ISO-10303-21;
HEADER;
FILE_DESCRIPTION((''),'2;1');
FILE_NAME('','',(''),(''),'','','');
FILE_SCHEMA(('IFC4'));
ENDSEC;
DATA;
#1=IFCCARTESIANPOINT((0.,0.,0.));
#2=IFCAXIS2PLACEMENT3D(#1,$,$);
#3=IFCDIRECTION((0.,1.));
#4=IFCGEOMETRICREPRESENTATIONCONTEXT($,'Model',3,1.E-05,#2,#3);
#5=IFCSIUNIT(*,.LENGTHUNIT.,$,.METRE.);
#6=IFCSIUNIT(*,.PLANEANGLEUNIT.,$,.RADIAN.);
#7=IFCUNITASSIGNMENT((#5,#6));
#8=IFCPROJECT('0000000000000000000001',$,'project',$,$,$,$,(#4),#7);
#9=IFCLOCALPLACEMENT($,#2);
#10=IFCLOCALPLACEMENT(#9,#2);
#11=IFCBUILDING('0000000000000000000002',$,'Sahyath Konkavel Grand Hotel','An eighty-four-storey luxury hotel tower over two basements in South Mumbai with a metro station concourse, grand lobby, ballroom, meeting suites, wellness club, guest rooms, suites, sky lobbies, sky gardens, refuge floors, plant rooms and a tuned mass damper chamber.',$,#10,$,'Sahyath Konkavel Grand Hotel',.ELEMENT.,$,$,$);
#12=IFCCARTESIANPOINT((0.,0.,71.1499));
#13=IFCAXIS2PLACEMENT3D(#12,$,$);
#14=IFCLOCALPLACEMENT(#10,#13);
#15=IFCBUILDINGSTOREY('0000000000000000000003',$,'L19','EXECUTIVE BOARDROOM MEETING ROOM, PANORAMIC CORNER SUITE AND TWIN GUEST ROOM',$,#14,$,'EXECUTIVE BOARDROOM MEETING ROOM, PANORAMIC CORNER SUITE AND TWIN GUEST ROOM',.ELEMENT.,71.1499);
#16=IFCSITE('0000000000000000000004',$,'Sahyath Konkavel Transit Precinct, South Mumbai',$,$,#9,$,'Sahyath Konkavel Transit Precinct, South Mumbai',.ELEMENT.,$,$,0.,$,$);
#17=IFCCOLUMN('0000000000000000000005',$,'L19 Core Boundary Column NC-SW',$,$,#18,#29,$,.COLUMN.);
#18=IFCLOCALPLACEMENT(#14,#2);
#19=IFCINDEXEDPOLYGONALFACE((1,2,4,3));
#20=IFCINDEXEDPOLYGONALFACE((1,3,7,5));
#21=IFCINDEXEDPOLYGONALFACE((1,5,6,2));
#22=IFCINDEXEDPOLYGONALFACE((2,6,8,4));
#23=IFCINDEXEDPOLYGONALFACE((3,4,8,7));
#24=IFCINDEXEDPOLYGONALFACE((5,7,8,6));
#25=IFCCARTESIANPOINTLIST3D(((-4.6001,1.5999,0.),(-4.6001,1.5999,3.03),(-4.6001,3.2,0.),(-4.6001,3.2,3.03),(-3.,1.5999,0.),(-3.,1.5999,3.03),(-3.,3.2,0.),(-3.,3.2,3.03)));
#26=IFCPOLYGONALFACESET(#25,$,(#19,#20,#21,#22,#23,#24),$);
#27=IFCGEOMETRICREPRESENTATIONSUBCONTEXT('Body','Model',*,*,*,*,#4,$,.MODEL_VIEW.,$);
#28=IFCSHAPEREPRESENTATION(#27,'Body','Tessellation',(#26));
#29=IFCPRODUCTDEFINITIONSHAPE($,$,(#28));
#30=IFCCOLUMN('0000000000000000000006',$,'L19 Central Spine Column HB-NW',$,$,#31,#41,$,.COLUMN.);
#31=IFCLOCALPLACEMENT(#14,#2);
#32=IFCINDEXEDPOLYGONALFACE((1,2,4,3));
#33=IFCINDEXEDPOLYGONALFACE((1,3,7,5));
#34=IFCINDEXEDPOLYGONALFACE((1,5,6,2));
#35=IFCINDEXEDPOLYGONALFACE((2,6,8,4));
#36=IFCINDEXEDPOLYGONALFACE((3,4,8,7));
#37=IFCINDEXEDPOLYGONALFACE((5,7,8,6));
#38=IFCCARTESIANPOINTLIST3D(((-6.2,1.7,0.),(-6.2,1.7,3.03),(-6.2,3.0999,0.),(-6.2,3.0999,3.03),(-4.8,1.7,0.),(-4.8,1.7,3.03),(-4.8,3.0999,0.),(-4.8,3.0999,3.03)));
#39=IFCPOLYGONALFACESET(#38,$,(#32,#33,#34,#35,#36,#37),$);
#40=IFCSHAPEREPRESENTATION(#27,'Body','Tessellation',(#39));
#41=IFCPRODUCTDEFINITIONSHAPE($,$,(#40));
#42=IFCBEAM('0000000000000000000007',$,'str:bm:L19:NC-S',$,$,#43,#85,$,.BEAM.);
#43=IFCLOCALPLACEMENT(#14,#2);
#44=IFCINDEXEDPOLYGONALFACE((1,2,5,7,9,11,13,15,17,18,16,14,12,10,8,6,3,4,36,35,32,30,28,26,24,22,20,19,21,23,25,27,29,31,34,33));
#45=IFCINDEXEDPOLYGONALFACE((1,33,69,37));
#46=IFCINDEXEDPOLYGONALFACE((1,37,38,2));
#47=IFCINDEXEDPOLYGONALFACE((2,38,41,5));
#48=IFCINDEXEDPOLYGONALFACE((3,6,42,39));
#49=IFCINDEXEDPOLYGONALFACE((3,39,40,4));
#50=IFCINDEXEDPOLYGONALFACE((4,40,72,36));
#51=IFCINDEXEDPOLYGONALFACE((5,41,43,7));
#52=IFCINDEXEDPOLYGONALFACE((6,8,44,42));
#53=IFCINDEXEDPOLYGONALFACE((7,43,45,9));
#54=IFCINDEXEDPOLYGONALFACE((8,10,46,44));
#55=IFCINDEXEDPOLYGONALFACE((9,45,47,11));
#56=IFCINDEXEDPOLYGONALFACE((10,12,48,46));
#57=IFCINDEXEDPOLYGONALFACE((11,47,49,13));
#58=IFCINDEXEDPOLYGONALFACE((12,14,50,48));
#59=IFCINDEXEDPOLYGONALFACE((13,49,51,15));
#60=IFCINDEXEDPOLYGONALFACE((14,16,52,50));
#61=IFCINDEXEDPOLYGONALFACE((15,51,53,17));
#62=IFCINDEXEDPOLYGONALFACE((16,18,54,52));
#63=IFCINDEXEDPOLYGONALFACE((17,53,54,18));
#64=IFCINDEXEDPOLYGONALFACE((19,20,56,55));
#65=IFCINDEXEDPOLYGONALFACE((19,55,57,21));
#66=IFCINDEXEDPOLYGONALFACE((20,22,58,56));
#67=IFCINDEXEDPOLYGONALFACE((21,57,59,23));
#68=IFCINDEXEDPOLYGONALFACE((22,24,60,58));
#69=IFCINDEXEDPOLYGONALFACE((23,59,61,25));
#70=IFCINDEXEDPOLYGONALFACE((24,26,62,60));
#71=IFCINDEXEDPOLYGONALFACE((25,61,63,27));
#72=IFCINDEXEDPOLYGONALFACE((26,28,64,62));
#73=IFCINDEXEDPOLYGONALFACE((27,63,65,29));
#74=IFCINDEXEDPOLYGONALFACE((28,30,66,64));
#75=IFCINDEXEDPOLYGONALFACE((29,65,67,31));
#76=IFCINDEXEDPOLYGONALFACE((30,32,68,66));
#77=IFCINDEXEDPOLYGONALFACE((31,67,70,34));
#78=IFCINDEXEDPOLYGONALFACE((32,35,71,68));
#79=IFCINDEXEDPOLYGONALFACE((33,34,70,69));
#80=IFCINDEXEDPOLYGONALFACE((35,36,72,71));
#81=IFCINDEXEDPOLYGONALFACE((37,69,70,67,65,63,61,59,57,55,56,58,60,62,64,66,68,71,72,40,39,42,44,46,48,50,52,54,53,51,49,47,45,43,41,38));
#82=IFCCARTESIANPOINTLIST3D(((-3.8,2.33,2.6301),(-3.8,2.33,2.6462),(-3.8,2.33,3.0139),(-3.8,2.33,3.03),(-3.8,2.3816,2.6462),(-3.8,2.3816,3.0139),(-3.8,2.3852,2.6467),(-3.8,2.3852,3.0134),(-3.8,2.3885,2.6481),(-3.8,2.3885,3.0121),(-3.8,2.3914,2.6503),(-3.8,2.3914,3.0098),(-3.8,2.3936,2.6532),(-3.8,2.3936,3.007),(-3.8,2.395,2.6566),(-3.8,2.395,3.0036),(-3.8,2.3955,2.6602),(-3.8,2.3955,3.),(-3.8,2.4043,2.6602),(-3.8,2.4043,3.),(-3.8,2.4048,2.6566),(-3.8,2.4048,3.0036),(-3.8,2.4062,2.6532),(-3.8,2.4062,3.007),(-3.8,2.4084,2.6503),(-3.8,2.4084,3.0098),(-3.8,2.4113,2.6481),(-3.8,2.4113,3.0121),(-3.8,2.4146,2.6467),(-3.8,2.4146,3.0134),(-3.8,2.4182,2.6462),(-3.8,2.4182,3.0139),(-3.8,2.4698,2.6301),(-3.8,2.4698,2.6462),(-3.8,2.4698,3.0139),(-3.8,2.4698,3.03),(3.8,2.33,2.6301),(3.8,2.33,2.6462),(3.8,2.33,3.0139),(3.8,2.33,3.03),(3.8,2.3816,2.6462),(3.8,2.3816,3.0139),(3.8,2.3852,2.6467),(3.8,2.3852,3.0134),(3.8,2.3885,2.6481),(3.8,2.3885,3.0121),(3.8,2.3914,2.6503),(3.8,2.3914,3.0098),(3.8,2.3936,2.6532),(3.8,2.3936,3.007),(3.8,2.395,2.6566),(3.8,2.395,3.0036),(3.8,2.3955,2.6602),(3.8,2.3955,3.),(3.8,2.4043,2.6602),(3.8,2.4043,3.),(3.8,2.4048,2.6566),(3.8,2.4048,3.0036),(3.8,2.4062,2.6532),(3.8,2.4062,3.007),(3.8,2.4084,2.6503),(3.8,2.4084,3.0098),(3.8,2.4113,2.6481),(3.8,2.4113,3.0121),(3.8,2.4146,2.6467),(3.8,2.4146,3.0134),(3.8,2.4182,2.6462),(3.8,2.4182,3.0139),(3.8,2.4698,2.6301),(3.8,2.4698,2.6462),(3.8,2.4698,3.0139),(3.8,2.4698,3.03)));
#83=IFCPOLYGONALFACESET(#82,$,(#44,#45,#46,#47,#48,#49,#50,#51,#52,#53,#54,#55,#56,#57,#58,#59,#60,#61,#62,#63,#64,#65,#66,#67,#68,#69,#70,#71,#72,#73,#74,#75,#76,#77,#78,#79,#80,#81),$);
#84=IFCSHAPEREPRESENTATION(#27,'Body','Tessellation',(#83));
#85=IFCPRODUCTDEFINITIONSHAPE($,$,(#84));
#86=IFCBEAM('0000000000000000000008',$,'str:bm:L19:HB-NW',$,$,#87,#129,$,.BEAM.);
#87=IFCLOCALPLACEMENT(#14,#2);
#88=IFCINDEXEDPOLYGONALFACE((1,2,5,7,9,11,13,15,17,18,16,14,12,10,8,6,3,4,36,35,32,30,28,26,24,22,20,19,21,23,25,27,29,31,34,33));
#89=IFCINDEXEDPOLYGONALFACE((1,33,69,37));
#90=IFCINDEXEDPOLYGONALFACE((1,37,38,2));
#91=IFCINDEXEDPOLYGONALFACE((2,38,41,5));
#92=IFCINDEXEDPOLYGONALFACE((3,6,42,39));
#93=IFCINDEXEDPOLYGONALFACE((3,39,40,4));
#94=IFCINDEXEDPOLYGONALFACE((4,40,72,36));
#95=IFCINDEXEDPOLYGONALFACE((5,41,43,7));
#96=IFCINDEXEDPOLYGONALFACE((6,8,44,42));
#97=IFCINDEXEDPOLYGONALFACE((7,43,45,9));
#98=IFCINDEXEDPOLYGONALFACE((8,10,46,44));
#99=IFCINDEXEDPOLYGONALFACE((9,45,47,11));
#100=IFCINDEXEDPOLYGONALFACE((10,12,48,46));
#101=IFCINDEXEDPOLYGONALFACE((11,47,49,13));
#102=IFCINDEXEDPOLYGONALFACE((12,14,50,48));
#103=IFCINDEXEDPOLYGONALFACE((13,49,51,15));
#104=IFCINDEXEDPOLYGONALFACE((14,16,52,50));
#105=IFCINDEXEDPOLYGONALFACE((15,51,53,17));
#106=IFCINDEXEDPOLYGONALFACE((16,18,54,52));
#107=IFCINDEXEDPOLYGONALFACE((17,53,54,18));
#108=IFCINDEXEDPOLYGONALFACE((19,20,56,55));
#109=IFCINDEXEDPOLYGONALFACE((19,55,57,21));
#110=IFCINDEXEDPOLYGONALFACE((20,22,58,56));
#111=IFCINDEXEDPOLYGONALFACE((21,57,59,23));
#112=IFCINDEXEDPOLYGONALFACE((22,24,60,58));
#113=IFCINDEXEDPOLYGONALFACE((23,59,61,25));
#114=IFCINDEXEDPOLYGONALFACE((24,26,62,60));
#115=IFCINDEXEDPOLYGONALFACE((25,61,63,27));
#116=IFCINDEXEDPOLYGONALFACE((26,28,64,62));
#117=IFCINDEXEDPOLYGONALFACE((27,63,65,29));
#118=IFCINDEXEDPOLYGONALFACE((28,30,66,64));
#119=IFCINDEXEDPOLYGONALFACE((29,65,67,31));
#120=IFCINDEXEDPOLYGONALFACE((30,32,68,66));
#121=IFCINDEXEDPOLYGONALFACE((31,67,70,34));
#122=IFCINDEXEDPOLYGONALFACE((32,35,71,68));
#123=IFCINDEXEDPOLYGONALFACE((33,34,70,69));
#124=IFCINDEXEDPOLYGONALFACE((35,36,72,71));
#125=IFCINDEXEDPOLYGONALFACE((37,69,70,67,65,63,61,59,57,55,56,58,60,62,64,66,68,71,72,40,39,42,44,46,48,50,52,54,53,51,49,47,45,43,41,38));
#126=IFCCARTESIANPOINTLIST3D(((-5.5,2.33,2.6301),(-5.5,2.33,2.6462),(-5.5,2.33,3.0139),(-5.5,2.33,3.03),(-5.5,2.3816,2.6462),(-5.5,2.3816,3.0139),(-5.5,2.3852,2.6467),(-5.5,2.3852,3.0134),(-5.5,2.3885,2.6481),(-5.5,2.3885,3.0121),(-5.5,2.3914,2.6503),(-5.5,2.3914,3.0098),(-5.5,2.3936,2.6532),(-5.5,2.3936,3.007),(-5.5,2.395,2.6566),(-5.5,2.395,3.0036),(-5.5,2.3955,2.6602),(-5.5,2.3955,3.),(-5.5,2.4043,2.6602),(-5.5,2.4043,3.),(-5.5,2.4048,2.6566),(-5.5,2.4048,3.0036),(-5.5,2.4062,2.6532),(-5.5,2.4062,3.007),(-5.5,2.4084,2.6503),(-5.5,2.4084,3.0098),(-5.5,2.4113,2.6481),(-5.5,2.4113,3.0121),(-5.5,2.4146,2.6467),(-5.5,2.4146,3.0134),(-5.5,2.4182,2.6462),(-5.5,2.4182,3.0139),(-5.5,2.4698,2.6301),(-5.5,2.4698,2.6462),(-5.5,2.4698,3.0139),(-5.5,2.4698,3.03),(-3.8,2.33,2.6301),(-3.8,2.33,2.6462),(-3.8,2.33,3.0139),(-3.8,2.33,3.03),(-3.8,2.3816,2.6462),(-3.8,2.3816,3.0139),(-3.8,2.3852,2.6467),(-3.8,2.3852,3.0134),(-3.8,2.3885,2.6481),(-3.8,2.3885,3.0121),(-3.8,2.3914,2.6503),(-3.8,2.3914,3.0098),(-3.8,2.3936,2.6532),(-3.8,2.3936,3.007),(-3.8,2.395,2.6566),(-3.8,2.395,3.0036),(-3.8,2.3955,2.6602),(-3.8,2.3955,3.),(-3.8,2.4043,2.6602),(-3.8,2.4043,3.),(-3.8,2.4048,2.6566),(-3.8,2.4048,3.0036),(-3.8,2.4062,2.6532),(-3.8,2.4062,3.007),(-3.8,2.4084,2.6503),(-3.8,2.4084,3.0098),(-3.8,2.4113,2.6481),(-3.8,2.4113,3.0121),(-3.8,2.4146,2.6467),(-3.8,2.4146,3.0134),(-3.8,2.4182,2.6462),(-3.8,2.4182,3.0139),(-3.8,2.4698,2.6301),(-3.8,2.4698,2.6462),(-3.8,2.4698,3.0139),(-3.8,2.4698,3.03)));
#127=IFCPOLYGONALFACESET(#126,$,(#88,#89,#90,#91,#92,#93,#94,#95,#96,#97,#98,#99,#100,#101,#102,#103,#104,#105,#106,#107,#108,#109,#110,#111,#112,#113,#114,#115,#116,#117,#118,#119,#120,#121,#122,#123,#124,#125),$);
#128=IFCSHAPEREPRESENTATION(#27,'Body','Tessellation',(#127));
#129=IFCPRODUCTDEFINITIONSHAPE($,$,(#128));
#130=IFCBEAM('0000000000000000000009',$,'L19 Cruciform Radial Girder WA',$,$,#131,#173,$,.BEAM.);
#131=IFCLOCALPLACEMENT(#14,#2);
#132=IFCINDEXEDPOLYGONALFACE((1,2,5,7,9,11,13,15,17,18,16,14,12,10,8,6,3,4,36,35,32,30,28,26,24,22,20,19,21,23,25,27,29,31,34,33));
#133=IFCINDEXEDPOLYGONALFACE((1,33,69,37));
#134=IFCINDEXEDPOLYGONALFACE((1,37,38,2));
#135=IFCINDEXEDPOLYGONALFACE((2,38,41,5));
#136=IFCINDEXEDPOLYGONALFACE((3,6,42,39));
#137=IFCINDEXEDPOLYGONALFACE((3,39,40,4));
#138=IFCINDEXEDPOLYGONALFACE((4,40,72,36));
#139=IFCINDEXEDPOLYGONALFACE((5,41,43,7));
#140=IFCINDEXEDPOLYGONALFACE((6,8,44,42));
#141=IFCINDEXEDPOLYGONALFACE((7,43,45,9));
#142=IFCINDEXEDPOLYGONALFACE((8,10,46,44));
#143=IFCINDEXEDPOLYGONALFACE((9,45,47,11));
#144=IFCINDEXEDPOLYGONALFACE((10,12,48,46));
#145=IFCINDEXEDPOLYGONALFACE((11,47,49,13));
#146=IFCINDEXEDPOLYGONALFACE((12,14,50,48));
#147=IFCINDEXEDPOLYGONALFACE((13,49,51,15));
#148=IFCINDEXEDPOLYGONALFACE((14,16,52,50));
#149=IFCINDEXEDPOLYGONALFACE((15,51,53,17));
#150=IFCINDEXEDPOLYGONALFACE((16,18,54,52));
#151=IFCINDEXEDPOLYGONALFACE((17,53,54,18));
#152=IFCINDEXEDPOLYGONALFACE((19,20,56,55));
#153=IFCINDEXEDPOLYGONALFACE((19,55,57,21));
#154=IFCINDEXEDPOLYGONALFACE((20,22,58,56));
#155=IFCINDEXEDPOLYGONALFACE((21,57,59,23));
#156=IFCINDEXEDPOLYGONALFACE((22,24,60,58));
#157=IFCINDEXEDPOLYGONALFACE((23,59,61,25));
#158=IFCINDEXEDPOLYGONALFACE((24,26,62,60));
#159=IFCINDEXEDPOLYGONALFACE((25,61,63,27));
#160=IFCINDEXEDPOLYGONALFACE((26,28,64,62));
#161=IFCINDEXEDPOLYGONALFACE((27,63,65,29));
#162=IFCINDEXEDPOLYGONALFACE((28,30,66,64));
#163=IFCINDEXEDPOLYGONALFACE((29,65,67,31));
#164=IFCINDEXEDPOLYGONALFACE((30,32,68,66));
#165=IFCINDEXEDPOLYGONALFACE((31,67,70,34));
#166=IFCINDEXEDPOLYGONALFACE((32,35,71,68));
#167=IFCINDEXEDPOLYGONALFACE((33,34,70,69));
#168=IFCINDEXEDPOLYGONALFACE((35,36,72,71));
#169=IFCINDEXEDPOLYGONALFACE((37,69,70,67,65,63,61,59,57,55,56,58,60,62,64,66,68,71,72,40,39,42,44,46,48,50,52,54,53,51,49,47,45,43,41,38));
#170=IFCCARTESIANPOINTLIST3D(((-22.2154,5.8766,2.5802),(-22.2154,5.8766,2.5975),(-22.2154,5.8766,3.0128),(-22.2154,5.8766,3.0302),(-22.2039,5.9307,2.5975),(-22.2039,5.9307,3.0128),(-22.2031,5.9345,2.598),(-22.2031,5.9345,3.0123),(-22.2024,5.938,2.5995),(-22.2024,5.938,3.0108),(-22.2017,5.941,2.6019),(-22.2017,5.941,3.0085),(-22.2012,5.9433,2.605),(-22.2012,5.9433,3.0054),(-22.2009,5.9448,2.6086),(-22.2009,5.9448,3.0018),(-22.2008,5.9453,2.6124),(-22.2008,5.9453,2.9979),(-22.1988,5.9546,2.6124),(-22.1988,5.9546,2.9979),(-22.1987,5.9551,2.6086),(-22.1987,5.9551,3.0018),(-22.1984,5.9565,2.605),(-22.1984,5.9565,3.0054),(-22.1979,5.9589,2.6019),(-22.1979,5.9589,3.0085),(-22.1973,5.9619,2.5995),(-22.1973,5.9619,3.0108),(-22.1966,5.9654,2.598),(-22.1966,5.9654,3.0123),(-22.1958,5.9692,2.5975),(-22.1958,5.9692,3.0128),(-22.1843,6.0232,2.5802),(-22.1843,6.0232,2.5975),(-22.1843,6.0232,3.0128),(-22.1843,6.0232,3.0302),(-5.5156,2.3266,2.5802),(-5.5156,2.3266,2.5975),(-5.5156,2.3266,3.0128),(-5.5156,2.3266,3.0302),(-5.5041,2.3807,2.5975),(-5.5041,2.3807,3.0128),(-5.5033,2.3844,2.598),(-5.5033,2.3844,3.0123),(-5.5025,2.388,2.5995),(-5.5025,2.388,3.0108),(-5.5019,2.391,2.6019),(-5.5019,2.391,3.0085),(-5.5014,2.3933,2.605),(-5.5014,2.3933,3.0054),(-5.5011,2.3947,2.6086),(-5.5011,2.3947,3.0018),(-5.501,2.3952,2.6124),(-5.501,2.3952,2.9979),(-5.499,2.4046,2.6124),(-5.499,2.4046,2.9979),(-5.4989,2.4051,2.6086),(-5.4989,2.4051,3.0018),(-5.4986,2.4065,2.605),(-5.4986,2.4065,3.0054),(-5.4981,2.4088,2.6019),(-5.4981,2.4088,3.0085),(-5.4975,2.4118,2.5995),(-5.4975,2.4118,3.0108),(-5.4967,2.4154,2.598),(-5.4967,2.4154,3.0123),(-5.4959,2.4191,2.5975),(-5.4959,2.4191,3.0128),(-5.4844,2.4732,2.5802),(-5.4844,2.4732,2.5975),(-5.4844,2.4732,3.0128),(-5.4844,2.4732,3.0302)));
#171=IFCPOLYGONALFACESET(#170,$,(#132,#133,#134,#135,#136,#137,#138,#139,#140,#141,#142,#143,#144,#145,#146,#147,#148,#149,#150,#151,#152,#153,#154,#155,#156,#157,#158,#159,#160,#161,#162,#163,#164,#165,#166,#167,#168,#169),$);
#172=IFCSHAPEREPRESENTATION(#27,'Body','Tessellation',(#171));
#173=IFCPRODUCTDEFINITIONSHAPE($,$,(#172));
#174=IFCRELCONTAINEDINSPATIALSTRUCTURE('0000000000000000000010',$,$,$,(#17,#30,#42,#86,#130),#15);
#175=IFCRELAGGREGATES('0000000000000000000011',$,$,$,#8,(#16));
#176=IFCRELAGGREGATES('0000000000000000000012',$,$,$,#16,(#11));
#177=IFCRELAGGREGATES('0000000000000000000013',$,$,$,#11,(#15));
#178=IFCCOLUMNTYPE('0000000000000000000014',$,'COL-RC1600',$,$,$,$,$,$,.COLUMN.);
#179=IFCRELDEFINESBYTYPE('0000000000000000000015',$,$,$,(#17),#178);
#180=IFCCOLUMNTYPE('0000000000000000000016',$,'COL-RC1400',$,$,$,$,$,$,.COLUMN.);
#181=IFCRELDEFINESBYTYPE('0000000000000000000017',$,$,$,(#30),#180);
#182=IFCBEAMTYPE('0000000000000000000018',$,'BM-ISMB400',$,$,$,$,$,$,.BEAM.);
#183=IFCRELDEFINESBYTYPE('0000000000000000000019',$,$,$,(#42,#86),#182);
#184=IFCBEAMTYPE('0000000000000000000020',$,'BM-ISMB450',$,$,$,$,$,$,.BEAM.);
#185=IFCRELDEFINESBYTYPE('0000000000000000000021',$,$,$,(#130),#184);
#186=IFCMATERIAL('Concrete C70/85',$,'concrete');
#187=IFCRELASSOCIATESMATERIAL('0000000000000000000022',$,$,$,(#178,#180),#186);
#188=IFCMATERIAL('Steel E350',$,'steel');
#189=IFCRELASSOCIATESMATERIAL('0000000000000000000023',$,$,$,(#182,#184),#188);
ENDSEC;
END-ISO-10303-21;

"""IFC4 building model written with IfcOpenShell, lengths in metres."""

from ifc_helpers import new_model, si_unit, direction, frame, origin, origin_2d, place, context, subcontext, project, spatial, rectangle, i_section, extrude, source, transform, mapped, material, material_profile, profile_set, type_object, element, save


model = new_model("IFC4")

# Units and contexts
model_context = context("Model", 3, precision=1e-05, world=origin(), true_north=direction((0.0, 1.0)))
body_context = subcontext(model_context, "Body", "Model", "MODEL_VIEW")
ifc_project = project(units=[si_unit("LENGTHUNIT", "METRE"), si_unit("PLANEANGLEUNIT", "RADIAN")], contexts=[model_context])

# Site, building, storey
site_placement = place(None, origin())
site = spatial("IfcSite", under=ifc_project, at=site_placement, Name="Sahyath Konkavel Transit Precinct, South Mumbai", LongName="Sahyath Konkavel Transit Precinct, South Mumbai", CompositionType="ELEMENT", RefElevation=0.0)
building_placement = place(site_placement, origin())
building = spatial("IfcBuilding", under=site, at=building_placement, Name="Sahyath Konkavel Grand Hotel", Description="An eighty-four-storey luxury hotel tower over two basements in South Mumbai with a metro station concourse, grand lobby, ballroom, meeting suites, wellness club, guest rooms, suites, sky lobbies, sky gardens, refuge floors, plant rooms and a tuned mass damper chamber.", LongName="Sahyath Konkavel Grand Hotel", CompositionType="ELEMENT")
storey_placement = place(building_placement, frame((0.0, 0.0, 71.1499)))
storey = spatial("IfcBuildingStorey", under=building, at=storey_placement, Name="L19", Description="EXECUTIVE BOARDROOM MEETING ROOM, PANORAMIC CORNER SUITE AND TWIN GUEST ROOM", LongName="EXECUTIVE BOARDROOM MEETING ROOM, PANORAMIC CORNER SUITE AND TWIN GUEST ROOM", CompositionType="ELEMENT", Elevation=71.1499)

# Columns
ifc_material_1 = material(Name="Concrete C70/85", Category="concrete")
ifc_material_profile_1 = material_profile(ifc_material_1, rectangle(XDim=1.6001, YDim=1.6001, at=origin_2d()), Name="RC 1600x1600")
ifc_profile_set_1 = profile_set([ifc_material_profile_1], Name="Concrete C70/85")
column_type_1 = type_object("IfcColumnType", Name="COL-RC1600", PredefinedType="COLUMN", material=ifc_profile_set_1)
shared_shape_1 = source(origin(), body_context, "Body", "SweptSolid", [
    extrude(rectangle(XDim=1.6001, YDim=1.6001, at=origin_2d()), origin(), (0.0, 0.0, 1.0), 3.03),
])
column_1_placement = place(storey_placement, frame((-3.8, 2.3999, 0.0), z_axis=(0.0, 0.0, 1.0), x_axis=(1.0, 0.0, 0.0)))
element("IfcColumn", 1, at=column_1_placement, inside=storey, type_object=column_type_1, Name="L19 Core Boundary Column NC-SW", PredefinedType="COLUMN", context=body_context, shape_type="MappedRepresentation", body=[
    mapped(shared_shape_1, transform((0.0, 0.0, 0.0), scale=1.0)),
])
ifc_material_profile_2 = material_profile(ifc_material_1, rectangle(XDim=1.3999, YDim=1.3999, at=origin_2d()), Name="RC 1400x1400")
ifc_profile_set_2 = profile_set([ifc_material_profile_2], Name="Concrete C70/85")
column_type_2 = type_object("IfcColumnType", Name="COL-RC1400", PredefinedType="COLUMN", material=ifc_profile_set_2)
shared_shape_2 = source(origin(), body_context, "Body", "SweptSolid", [
    extrude(rectangle(XDim=1.3999, YDim=1.3999, at=origin_2d()), origin(), (0.0, 0.0, 1.0), 3.03),
])
column_2_placement = place(storey_placement, frame((-5.5, 2.3999, 0.0), z_axis=(0.0, 0.0, 1.0), x_axis=(1.0, 0.0, 0.0)))
element("IfcColumn", 2, at=column_2_placement, inside=storey, type_object=column_type_2, Name="L19 Central Spine Column HB-NW", PredefinedType="COLUMN", context=body_context, shape_type="MappedRepresentation", body=[
    mapped(shared_shape_2, transform((0.0, 0.0, 0.0), scale=1.0)),
])

# Beams
ifc_material_2 = material(Name="Steel E350", Category="steel")
ifc_material_profile_3 = material_profile(ifc_material_2, i_section(OverallWidth=0.1399, OverallDepth=0.3999, WebThickness=0.0088, FlangeThickness=0.0161, FilletRadius=0.0139, at=origin_2d()), Name="ISMB 400")
ifc_profile_set_3 = profile_set([ifc_material_profile_3], Name="Steel E350")
beam_type_1 = type_object("IfcBeamType", Name="BM-ISMB400", PredefinedType="BEAM", material=ifc_profile_set_3)
shared_shape_3 = source(origin(), body_context, "Body", "SweptSolid", [
    extrude(i_section(OverallWidth=0.1399, OverallDepth=0.3999, WebThickness=0.0088, FlangeThickness=0.0161, FilletRadius=0.0139, at=origin_2d()), origin(), (0.0, 0.0, 1.0), 7.6001),
])
beam_1_placement = place(storey_placement, frame((-3.8, 2.3999, 2.8301), z_axis=(1.0, 0.0, 0.0), x_axis=(0.0, 1.0, 0.0)))
element("IfcBeam", 3, at=beam_1_placement, inside=storey, type_object=beam_type_1, Name="str:bm:L19:NC-S", PredefinedType="BEAM", context=body_context, shape_type="MappedRepresentation", body=[
    mapped(shared_shape_3, transform((0.0, 0.0, 0.0), scale=1.0)),
])
shared_shape_4 = source(origin(), body_context, "Body", "SweptSolid", [
    extrude(i_section(OverallWidth=0.1399, OverallDepth=0.3999, WebThickness=0.0088, FlangeThickness=0.0161, FilletRadius=0.0139, at=origin_2d()), origin(), (0.0, 0.0, 1.0), 1.7),
])
beam_2_placement = place(storey_placement, frame((-5.5, 2.3999, 2.8301), z_axis=(1.0, 0.0, 0.0), x_axis=(0.0, 1.0, 0.0)))
element("IfcBeam", 4, at=beam_2_placement, inside=storey, type_object=beam_type_1, Name="str:bm:L19:HB-NW", PredefinedType="BEAM", context=body_context, shape_type="MappedRepresentation", body=[
    mapped(shared_shape_4, transform((0.0, 0.0, 0.0), scale=1.0)),
])
ifc_material_profile_4 = material_profile(ifc_material_2, i_section(OverallWidth=0.1499, OverallDepth=0.45, WebThickness=0.0095, FlangeThickness=0.0173, FilletRadius=0.0149, at=origin_2d()), Name="ISMB 450")
ifc_profile_set_4 = profile_set([ifc_material_profile_4], Name="Steel E350")
beam_type_2 = type_object("IfcBeamType", Name="BM-ISMB450", PredefinedType="BEAM", material=ifc_profile_set_4)
shared_shape_5 = source(origin(), body_context, "Body", "SweptSolid", [
    extrude(i_section(OverallWidth=0.1499, OverallDepth=0.45, WebThickness=0.0095, FlangeThickness=0.0173, FilletRadius=0.0149, at=origin_2d()), origin(), (0.0, 0.0, 1.0), 17.073),
])
beam_3_placement = place(storey_placement, frame((-5.5, 2.3999, 2.8052), z_axis=(-0.978143, 0.207932, 0.0), x_axis=(-0.207932, -0.978143, 0.0)))
element("IfcBeam", 5, at=beam_3_placement, inside=storey, type_object=beam_type_2, Name="L19 Cruciform Radial Girder WA", PredefinedType="BEAM", context=body_context, shape_type="MappedRepresentation", body=[
    mapped(shared_shape_5, transform((0.0, 0.0, 0.0), scale=1.0)),
])

save(model, "model.ifc")
